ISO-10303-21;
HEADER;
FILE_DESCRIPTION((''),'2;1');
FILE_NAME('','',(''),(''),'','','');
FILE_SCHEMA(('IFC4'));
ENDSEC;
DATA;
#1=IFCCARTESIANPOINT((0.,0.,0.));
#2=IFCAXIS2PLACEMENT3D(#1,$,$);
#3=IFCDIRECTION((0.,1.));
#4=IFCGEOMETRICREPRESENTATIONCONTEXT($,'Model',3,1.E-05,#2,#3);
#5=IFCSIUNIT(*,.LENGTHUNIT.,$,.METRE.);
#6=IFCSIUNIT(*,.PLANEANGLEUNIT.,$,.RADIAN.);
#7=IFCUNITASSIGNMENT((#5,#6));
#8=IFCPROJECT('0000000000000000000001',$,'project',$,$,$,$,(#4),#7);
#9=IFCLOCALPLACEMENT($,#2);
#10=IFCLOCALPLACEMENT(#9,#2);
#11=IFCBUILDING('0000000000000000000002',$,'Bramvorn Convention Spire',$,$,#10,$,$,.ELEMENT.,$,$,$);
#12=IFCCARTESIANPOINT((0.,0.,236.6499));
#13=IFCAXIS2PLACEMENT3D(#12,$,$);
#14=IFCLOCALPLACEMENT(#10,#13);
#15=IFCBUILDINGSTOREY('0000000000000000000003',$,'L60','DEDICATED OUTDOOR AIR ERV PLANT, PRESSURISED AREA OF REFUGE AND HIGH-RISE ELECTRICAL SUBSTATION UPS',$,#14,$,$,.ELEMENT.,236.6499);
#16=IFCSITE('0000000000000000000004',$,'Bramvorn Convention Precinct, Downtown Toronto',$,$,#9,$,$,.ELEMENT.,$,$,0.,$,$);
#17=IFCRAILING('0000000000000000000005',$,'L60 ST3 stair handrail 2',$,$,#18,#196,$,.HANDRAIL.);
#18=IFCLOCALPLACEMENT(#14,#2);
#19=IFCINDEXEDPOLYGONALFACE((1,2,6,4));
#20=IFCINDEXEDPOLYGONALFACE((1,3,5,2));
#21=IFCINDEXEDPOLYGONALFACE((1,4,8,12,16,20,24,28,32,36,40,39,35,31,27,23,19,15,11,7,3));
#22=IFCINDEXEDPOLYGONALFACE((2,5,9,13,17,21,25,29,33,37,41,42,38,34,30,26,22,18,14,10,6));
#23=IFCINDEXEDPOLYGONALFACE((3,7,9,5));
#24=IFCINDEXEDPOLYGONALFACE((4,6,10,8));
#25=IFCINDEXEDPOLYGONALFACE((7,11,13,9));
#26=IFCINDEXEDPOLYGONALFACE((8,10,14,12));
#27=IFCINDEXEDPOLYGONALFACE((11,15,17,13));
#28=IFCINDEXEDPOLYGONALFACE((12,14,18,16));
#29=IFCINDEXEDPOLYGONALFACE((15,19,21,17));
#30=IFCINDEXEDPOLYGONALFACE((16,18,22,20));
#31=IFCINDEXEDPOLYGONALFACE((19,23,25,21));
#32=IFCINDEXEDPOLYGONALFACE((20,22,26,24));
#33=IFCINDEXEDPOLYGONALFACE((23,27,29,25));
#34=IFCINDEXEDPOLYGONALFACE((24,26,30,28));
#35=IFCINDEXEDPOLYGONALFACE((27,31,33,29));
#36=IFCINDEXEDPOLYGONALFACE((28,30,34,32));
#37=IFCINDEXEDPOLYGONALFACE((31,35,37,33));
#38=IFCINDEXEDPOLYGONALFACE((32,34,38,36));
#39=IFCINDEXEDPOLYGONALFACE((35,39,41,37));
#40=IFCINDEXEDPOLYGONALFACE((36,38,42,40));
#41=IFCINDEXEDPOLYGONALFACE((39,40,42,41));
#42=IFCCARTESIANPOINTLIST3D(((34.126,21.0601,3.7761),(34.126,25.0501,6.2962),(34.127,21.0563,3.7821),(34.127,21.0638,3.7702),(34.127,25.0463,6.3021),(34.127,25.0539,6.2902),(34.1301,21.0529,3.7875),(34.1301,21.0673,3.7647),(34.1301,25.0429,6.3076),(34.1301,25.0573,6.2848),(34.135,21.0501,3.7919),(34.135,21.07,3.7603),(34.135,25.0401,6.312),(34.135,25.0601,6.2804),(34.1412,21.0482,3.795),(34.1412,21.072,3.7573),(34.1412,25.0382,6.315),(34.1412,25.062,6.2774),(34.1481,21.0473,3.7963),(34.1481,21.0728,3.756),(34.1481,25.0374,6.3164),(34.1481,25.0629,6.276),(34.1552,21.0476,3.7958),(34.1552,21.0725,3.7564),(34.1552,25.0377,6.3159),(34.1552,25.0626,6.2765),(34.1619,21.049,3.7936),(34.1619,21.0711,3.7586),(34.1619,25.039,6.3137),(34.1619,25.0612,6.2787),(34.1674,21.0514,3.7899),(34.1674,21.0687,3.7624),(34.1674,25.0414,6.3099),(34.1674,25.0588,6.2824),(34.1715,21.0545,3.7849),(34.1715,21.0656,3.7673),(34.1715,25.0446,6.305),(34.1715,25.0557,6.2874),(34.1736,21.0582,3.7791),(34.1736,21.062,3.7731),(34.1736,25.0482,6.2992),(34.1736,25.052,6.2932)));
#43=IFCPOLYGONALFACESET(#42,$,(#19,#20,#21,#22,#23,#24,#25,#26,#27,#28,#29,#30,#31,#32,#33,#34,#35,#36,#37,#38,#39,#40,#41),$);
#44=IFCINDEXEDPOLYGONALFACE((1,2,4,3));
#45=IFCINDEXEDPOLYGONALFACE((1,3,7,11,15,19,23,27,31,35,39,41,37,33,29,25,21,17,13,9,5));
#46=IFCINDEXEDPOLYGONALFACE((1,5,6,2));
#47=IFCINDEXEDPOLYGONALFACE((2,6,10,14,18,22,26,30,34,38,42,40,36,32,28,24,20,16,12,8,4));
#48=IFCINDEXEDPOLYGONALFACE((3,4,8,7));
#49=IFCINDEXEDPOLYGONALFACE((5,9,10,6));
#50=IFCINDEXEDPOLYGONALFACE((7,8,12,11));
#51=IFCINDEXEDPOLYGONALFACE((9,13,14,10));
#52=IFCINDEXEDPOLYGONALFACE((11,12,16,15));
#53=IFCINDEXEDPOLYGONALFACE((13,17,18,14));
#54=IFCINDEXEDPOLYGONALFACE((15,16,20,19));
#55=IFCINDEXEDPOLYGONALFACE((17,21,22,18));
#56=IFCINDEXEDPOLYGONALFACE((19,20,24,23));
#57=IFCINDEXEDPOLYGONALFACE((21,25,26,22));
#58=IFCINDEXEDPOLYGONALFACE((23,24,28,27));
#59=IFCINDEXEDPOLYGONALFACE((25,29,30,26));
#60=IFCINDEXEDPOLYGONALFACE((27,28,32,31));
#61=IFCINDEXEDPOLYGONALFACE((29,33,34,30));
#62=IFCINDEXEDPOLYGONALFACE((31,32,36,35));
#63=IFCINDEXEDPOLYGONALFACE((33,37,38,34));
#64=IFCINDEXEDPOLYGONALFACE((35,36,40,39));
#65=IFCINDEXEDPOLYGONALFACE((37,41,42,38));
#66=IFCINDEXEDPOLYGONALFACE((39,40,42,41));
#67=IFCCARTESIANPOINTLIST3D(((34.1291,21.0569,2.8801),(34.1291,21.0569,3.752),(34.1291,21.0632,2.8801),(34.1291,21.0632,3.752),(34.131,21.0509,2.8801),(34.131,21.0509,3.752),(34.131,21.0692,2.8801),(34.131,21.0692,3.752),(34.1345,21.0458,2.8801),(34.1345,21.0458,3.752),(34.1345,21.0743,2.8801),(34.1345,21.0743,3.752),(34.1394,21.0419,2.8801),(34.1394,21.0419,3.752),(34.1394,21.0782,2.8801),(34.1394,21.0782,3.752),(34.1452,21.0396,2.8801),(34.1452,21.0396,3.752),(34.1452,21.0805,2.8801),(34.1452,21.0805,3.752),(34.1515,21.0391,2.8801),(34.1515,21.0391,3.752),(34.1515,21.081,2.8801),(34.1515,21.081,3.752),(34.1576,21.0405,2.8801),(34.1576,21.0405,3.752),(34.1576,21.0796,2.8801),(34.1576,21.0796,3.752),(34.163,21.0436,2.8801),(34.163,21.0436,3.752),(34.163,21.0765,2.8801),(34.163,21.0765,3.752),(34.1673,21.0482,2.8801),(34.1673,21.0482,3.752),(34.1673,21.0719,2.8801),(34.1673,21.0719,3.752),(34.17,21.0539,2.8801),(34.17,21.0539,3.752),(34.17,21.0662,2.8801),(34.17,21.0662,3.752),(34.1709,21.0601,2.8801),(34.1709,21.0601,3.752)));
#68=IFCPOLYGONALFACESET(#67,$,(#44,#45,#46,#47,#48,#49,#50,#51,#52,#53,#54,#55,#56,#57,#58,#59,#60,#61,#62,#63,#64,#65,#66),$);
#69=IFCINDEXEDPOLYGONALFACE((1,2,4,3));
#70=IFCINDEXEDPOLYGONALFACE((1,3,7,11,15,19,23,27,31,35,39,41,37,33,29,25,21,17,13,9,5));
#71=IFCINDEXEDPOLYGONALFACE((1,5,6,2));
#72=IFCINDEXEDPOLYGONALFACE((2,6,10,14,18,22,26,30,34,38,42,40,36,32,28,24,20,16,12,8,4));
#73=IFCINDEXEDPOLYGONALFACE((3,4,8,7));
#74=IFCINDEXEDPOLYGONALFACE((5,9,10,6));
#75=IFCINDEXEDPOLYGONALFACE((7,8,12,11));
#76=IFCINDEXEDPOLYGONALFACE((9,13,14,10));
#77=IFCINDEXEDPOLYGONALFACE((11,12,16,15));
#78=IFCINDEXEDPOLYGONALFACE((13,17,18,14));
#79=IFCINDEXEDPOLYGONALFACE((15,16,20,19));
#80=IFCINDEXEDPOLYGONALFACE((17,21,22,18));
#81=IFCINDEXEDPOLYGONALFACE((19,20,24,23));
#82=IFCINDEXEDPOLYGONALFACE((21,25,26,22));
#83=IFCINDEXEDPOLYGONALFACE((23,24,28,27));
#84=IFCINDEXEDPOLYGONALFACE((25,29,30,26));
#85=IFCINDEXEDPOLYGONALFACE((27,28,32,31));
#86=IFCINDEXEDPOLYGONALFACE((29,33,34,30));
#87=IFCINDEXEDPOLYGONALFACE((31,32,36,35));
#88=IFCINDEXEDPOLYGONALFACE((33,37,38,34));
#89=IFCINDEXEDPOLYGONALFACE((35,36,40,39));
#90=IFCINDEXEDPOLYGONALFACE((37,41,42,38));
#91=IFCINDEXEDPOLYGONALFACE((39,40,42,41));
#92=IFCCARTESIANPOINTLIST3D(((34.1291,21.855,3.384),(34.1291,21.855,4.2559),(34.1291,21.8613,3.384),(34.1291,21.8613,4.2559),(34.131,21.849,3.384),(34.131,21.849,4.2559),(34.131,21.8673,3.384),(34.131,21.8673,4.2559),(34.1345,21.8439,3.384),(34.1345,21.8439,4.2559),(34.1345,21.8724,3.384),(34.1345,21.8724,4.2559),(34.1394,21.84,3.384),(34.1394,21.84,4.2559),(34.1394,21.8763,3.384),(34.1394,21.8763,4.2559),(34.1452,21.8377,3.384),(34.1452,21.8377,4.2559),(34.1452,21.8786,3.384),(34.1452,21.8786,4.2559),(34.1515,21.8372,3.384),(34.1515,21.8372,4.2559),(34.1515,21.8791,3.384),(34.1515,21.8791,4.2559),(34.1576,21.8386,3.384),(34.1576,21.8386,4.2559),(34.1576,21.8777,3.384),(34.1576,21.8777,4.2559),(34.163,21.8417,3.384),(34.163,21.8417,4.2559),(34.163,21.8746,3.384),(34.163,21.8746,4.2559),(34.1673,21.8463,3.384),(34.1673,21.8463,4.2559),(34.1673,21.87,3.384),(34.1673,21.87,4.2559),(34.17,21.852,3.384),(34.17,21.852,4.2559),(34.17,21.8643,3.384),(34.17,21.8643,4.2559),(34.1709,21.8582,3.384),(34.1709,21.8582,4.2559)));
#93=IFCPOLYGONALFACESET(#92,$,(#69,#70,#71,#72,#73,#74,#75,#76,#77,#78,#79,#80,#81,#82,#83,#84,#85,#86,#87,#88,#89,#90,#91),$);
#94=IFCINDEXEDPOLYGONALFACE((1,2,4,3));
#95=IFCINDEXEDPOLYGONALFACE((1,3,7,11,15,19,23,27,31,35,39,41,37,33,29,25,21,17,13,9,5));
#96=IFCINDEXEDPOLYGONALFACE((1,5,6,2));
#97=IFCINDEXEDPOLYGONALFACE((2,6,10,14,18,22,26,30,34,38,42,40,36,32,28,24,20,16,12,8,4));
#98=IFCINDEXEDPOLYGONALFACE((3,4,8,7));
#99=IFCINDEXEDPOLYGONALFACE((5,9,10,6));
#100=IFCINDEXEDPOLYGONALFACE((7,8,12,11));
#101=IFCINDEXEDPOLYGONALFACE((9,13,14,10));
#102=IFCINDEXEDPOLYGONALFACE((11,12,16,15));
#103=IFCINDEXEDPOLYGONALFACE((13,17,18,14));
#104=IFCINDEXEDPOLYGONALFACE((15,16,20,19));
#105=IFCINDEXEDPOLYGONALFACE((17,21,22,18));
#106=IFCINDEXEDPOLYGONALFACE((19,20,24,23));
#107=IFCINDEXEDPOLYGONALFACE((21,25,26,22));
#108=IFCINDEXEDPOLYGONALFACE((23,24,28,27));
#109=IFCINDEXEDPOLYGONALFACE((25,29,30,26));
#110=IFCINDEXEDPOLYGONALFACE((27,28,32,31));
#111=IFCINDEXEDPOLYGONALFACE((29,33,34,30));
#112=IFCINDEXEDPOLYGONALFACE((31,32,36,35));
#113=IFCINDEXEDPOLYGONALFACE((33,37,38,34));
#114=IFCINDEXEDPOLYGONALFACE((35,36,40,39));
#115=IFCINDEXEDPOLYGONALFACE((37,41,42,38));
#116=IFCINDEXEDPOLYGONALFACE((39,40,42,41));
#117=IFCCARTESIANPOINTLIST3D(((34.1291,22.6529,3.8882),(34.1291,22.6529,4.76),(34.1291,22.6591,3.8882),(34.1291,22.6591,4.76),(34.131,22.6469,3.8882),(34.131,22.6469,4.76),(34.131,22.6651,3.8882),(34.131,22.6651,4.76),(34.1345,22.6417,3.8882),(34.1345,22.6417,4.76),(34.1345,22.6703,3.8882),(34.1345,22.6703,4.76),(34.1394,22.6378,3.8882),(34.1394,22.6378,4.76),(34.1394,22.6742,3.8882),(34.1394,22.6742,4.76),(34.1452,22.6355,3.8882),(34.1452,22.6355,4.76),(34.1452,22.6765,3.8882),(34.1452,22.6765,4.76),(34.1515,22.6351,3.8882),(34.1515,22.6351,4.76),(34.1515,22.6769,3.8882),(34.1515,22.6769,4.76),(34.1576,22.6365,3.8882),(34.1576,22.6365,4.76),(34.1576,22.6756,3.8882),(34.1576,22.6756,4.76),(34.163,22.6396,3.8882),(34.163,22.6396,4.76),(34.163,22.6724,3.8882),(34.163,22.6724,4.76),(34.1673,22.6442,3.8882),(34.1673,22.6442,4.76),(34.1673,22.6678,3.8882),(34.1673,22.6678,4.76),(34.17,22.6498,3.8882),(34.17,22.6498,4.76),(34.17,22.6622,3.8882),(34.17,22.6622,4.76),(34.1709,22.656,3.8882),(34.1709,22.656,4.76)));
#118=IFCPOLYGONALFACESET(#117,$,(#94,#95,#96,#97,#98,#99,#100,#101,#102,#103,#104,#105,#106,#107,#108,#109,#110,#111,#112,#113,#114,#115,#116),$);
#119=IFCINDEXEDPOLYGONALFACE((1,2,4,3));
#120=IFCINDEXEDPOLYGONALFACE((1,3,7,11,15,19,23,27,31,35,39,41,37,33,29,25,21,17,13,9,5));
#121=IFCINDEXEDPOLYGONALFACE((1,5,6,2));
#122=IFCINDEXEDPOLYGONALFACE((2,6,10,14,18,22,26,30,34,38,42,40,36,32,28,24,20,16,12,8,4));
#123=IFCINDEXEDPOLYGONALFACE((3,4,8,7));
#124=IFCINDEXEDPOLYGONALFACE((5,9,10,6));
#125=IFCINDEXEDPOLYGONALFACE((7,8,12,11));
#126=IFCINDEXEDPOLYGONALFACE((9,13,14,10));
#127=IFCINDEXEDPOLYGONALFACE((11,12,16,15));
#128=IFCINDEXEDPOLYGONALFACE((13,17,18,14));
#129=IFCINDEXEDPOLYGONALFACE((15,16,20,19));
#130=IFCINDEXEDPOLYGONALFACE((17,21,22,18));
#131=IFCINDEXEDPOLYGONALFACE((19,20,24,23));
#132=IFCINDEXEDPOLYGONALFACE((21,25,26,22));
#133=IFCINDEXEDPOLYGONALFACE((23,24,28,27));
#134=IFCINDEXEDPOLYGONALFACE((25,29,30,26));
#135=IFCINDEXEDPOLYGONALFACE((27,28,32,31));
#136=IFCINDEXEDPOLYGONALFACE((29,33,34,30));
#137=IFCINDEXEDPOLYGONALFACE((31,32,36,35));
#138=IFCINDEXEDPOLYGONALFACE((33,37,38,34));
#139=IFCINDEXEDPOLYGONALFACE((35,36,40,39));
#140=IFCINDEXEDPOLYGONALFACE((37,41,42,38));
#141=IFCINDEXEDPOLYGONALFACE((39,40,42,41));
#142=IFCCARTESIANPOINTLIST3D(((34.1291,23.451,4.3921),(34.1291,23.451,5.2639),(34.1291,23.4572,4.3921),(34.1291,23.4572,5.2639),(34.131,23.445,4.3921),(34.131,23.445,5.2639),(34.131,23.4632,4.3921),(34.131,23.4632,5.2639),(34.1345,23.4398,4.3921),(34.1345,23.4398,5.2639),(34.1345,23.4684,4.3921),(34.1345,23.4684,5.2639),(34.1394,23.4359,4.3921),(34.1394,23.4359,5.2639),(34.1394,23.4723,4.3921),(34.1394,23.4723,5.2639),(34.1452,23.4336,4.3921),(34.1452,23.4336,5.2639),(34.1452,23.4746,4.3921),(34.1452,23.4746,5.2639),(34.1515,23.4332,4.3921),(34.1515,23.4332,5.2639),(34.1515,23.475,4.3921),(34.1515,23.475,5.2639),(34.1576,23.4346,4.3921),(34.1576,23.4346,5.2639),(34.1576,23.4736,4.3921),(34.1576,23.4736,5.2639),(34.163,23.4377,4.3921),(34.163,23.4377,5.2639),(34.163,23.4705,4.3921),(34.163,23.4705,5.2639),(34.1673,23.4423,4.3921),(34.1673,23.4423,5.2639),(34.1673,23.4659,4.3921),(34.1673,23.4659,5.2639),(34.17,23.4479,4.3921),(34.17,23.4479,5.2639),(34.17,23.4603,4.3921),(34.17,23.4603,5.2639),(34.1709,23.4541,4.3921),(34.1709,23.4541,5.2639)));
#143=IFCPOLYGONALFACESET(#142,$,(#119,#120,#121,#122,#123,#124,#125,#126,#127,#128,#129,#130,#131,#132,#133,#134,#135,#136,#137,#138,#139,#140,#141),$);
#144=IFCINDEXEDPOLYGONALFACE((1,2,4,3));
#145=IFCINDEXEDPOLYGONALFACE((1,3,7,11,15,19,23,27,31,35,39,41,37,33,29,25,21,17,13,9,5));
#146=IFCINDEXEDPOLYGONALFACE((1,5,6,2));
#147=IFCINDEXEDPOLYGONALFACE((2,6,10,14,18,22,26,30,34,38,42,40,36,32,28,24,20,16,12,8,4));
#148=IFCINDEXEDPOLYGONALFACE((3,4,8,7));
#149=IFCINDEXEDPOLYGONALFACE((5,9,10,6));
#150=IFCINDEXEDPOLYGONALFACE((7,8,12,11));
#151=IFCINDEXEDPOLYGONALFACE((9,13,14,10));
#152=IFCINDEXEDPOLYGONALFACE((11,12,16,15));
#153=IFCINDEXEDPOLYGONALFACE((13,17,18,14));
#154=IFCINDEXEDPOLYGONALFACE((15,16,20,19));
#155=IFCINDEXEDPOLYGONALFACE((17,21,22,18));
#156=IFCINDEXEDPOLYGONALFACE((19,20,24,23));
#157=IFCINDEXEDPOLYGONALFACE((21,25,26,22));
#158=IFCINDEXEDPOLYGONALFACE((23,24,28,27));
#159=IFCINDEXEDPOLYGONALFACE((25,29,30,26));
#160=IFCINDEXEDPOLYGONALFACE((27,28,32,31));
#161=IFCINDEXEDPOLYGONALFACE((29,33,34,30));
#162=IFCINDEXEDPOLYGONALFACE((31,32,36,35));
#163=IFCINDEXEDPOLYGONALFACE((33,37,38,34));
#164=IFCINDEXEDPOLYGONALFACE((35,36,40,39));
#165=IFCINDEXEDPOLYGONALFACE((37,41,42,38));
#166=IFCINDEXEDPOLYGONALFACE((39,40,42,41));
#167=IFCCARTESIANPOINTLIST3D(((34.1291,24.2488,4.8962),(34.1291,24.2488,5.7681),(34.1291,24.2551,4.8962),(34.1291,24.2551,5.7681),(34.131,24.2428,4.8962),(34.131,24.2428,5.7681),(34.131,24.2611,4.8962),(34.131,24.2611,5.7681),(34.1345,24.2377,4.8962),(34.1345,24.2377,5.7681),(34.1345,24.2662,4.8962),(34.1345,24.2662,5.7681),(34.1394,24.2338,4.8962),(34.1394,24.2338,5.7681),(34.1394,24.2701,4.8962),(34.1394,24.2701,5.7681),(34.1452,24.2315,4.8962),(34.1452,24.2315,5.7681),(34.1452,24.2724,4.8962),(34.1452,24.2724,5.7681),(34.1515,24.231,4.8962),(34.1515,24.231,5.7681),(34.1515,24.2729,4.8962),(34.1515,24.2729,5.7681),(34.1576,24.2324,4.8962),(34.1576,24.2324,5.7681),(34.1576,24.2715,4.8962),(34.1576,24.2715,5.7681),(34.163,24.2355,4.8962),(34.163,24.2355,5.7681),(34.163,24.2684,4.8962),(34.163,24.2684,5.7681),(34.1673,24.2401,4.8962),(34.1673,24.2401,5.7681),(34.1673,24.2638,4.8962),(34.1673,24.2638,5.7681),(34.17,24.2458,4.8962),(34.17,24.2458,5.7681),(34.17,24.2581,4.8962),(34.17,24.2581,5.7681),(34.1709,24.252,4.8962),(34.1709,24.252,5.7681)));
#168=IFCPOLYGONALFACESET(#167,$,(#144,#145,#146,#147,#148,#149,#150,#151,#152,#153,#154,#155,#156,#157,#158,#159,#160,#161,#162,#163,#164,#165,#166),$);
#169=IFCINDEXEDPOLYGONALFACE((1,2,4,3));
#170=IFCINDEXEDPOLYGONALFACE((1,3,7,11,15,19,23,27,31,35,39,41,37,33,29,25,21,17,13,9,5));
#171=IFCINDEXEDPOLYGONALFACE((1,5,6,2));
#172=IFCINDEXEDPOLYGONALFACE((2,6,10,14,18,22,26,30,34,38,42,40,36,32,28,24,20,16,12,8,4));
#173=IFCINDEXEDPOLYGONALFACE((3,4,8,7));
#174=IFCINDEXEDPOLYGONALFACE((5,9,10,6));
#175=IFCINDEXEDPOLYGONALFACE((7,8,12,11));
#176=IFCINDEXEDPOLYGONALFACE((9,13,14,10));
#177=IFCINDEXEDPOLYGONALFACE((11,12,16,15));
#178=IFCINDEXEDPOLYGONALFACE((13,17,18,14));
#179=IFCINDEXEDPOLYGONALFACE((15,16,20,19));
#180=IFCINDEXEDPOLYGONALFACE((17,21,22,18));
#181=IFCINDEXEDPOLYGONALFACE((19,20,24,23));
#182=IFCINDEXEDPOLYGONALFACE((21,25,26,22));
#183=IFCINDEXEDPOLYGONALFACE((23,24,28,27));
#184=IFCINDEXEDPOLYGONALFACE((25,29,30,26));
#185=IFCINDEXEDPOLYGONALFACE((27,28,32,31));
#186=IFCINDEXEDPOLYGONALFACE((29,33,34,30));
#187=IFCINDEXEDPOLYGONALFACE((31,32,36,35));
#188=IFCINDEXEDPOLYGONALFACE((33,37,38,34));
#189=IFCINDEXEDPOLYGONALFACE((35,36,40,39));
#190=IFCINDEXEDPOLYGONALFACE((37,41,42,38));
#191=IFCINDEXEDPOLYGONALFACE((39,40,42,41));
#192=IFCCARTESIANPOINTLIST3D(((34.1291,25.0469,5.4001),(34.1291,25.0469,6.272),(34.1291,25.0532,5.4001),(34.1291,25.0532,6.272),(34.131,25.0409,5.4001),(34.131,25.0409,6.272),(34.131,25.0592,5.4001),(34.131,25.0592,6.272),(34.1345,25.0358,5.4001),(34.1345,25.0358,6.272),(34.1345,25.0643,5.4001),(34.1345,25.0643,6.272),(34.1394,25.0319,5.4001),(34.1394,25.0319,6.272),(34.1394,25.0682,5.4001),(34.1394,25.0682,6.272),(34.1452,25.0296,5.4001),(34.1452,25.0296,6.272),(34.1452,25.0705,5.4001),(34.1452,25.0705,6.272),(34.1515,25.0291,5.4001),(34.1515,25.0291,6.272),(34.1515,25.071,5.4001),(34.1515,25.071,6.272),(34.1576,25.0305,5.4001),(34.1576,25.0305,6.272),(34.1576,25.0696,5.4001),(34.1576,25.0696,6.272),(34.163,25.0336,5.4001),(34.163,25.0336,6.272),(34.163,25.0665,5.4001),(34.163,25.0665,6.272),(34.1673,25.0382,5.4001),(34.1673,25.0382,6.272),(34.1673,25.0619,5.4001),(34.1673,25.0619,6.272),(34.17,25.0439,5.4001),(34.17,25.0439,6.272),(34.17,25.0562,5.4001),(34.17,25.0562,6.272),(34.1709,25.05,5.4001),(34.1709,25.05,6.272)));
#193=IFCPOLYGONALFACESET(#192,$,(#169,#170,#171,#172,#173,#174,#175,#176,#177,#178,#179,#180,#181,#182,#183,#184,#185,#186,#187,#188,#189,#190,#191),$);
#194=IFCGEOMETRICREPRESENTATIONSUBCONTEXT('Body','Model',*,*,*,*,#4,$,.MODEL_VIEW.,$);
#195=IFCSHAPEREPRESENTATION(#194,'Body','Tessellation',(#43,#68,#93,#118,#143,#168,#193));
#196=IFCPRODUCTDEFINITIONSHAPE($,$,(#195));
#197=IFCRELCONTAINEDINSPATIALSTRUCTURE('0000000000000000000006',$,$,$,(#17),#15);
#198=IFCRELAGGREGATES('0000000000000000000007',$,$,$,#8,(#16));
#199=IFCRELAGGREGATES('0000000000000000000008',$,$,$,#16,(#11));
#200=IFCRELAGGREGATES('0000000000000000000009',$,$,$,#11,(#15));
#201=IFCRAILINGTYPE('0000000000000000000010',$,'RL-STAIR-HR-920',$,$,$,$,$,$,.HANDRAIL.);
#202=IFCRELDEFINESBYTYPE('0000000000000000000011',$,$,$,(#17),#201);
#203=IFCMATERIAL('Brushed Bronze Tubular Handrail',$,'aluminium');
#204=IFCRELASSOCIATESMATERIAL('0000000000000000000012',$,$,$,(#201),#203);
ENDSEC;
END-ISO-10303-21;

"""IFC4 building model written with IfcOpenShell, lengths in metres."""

from ifc_helpers import new_model, si_unit, direction, frame, origin, origin_2d, place, context, subcontext, project, spatial, circle, extrude, material, type_object, element, save


model = new_model("IFC4")

# Units and contexts
model_context = context("Model", 3, precision=1e-05, world=origin(), true_north=direction((0.0, 1.0)))
body_context = subcontext(model_context, "Body", "Model", "MODEL_VIEW")
ifc_project = project(units=[si_unit("LENGTHUNIT", "METRE"), si_unit("PLANEANGLEUNIT", "RADIAN")], contexts=[model_context])

# Site, building, storey
site_placement = place(None, origin())
site = spatial("IfcSite", under=ifc_project, at=site_placement, Name="Bramvorn Convention Precinct, Downtown Toronto", CompositionType="ELEMENT", RefElevation=0.0)
building_placement = place(site_placement, origin())
building = spatial("IfcBuilding", under=site, at=building_placement, Name="Bramvorn Convention Spire", CompositionType="ELEMENT")
storey_placement = place(building_placement, frame((0.0, 0.0, 236.6499)))
storey = spatial("IfcBuildingStorey", under=building, at=storey_placement, Name="L60", Description="DEDICATED OUTDOOR AIR ERV PLANT, PRESSURISED AREA OF REFUGE AND HIGH-RISE ELECTRICAL SUBSTATION UPS", CompositionType="ELEMENT", Elevation=236.6499)

# Railing
ifc_material_1 = material(Name="Brushed Bronze Tubular Handrail", Category="aluminium")
railing_type_1 = type_object("IfcRailingType", Name="RL-STAIR-HR-920", PredefinedType="HANDRAIL", material=ifc_material_1)
for number, where, name in (
    (1, (34.1499, 21.0601, 2.8801), "L60 ST3 stair handrail 2"),
):
    element("IfcRailing", number, at=place(storey_placement, frame(where)), inside=storey, type_object=railing_type_1, Name=name, PredefinedType="HANDRAIL", context=body_context, shape_type="SweptSolid", body=[
        extrude(circle(Radius=0.0239, at=origin_2d()), frame((0.0, 0.0, 0.896), z_axis=(0.0, 0.845486, 0.533997), x_axis=(-1.0, 0.0, 0.0)), (0.0, 0.0, 1.0), 4.7192),
        extrude(circle(Radius=0.021, at=origin_2d()), origin(), (0.0, 0.0, 1.0), 0.8718),
        extrude(circle(Radius=0.021, at=origin_2d()), frame((0.0, 0.7981, 0.5039)), (0.0, 0.0, 1.0), 0.8718),
        extrude(circle(Radius=0.021, at=origin_2d()), frame((0.0, 1.5959, 1.0081)), (0.0, 0.0, 1.0), 0.8718),
        extrude(circle(Radius=0.021, at=origin_2d()), frame((0.0, 2.394, 1.512)), (0.0, 0.0, 1.0), 0.8718),
        extrude(circle(Radius=0.021, at=origin_2d()), frame((0.0, 3.1919, 2.0161)), (0.0, 0.0, 1.0), 0.8718),
        extrude(circle(Radius=0.021, at=origin_2d()), frame((0.0, 3.99, 2.52)), (0.0, 0.0, 1.0), 0.8718),
    ])

save(model, "model.ifc")
